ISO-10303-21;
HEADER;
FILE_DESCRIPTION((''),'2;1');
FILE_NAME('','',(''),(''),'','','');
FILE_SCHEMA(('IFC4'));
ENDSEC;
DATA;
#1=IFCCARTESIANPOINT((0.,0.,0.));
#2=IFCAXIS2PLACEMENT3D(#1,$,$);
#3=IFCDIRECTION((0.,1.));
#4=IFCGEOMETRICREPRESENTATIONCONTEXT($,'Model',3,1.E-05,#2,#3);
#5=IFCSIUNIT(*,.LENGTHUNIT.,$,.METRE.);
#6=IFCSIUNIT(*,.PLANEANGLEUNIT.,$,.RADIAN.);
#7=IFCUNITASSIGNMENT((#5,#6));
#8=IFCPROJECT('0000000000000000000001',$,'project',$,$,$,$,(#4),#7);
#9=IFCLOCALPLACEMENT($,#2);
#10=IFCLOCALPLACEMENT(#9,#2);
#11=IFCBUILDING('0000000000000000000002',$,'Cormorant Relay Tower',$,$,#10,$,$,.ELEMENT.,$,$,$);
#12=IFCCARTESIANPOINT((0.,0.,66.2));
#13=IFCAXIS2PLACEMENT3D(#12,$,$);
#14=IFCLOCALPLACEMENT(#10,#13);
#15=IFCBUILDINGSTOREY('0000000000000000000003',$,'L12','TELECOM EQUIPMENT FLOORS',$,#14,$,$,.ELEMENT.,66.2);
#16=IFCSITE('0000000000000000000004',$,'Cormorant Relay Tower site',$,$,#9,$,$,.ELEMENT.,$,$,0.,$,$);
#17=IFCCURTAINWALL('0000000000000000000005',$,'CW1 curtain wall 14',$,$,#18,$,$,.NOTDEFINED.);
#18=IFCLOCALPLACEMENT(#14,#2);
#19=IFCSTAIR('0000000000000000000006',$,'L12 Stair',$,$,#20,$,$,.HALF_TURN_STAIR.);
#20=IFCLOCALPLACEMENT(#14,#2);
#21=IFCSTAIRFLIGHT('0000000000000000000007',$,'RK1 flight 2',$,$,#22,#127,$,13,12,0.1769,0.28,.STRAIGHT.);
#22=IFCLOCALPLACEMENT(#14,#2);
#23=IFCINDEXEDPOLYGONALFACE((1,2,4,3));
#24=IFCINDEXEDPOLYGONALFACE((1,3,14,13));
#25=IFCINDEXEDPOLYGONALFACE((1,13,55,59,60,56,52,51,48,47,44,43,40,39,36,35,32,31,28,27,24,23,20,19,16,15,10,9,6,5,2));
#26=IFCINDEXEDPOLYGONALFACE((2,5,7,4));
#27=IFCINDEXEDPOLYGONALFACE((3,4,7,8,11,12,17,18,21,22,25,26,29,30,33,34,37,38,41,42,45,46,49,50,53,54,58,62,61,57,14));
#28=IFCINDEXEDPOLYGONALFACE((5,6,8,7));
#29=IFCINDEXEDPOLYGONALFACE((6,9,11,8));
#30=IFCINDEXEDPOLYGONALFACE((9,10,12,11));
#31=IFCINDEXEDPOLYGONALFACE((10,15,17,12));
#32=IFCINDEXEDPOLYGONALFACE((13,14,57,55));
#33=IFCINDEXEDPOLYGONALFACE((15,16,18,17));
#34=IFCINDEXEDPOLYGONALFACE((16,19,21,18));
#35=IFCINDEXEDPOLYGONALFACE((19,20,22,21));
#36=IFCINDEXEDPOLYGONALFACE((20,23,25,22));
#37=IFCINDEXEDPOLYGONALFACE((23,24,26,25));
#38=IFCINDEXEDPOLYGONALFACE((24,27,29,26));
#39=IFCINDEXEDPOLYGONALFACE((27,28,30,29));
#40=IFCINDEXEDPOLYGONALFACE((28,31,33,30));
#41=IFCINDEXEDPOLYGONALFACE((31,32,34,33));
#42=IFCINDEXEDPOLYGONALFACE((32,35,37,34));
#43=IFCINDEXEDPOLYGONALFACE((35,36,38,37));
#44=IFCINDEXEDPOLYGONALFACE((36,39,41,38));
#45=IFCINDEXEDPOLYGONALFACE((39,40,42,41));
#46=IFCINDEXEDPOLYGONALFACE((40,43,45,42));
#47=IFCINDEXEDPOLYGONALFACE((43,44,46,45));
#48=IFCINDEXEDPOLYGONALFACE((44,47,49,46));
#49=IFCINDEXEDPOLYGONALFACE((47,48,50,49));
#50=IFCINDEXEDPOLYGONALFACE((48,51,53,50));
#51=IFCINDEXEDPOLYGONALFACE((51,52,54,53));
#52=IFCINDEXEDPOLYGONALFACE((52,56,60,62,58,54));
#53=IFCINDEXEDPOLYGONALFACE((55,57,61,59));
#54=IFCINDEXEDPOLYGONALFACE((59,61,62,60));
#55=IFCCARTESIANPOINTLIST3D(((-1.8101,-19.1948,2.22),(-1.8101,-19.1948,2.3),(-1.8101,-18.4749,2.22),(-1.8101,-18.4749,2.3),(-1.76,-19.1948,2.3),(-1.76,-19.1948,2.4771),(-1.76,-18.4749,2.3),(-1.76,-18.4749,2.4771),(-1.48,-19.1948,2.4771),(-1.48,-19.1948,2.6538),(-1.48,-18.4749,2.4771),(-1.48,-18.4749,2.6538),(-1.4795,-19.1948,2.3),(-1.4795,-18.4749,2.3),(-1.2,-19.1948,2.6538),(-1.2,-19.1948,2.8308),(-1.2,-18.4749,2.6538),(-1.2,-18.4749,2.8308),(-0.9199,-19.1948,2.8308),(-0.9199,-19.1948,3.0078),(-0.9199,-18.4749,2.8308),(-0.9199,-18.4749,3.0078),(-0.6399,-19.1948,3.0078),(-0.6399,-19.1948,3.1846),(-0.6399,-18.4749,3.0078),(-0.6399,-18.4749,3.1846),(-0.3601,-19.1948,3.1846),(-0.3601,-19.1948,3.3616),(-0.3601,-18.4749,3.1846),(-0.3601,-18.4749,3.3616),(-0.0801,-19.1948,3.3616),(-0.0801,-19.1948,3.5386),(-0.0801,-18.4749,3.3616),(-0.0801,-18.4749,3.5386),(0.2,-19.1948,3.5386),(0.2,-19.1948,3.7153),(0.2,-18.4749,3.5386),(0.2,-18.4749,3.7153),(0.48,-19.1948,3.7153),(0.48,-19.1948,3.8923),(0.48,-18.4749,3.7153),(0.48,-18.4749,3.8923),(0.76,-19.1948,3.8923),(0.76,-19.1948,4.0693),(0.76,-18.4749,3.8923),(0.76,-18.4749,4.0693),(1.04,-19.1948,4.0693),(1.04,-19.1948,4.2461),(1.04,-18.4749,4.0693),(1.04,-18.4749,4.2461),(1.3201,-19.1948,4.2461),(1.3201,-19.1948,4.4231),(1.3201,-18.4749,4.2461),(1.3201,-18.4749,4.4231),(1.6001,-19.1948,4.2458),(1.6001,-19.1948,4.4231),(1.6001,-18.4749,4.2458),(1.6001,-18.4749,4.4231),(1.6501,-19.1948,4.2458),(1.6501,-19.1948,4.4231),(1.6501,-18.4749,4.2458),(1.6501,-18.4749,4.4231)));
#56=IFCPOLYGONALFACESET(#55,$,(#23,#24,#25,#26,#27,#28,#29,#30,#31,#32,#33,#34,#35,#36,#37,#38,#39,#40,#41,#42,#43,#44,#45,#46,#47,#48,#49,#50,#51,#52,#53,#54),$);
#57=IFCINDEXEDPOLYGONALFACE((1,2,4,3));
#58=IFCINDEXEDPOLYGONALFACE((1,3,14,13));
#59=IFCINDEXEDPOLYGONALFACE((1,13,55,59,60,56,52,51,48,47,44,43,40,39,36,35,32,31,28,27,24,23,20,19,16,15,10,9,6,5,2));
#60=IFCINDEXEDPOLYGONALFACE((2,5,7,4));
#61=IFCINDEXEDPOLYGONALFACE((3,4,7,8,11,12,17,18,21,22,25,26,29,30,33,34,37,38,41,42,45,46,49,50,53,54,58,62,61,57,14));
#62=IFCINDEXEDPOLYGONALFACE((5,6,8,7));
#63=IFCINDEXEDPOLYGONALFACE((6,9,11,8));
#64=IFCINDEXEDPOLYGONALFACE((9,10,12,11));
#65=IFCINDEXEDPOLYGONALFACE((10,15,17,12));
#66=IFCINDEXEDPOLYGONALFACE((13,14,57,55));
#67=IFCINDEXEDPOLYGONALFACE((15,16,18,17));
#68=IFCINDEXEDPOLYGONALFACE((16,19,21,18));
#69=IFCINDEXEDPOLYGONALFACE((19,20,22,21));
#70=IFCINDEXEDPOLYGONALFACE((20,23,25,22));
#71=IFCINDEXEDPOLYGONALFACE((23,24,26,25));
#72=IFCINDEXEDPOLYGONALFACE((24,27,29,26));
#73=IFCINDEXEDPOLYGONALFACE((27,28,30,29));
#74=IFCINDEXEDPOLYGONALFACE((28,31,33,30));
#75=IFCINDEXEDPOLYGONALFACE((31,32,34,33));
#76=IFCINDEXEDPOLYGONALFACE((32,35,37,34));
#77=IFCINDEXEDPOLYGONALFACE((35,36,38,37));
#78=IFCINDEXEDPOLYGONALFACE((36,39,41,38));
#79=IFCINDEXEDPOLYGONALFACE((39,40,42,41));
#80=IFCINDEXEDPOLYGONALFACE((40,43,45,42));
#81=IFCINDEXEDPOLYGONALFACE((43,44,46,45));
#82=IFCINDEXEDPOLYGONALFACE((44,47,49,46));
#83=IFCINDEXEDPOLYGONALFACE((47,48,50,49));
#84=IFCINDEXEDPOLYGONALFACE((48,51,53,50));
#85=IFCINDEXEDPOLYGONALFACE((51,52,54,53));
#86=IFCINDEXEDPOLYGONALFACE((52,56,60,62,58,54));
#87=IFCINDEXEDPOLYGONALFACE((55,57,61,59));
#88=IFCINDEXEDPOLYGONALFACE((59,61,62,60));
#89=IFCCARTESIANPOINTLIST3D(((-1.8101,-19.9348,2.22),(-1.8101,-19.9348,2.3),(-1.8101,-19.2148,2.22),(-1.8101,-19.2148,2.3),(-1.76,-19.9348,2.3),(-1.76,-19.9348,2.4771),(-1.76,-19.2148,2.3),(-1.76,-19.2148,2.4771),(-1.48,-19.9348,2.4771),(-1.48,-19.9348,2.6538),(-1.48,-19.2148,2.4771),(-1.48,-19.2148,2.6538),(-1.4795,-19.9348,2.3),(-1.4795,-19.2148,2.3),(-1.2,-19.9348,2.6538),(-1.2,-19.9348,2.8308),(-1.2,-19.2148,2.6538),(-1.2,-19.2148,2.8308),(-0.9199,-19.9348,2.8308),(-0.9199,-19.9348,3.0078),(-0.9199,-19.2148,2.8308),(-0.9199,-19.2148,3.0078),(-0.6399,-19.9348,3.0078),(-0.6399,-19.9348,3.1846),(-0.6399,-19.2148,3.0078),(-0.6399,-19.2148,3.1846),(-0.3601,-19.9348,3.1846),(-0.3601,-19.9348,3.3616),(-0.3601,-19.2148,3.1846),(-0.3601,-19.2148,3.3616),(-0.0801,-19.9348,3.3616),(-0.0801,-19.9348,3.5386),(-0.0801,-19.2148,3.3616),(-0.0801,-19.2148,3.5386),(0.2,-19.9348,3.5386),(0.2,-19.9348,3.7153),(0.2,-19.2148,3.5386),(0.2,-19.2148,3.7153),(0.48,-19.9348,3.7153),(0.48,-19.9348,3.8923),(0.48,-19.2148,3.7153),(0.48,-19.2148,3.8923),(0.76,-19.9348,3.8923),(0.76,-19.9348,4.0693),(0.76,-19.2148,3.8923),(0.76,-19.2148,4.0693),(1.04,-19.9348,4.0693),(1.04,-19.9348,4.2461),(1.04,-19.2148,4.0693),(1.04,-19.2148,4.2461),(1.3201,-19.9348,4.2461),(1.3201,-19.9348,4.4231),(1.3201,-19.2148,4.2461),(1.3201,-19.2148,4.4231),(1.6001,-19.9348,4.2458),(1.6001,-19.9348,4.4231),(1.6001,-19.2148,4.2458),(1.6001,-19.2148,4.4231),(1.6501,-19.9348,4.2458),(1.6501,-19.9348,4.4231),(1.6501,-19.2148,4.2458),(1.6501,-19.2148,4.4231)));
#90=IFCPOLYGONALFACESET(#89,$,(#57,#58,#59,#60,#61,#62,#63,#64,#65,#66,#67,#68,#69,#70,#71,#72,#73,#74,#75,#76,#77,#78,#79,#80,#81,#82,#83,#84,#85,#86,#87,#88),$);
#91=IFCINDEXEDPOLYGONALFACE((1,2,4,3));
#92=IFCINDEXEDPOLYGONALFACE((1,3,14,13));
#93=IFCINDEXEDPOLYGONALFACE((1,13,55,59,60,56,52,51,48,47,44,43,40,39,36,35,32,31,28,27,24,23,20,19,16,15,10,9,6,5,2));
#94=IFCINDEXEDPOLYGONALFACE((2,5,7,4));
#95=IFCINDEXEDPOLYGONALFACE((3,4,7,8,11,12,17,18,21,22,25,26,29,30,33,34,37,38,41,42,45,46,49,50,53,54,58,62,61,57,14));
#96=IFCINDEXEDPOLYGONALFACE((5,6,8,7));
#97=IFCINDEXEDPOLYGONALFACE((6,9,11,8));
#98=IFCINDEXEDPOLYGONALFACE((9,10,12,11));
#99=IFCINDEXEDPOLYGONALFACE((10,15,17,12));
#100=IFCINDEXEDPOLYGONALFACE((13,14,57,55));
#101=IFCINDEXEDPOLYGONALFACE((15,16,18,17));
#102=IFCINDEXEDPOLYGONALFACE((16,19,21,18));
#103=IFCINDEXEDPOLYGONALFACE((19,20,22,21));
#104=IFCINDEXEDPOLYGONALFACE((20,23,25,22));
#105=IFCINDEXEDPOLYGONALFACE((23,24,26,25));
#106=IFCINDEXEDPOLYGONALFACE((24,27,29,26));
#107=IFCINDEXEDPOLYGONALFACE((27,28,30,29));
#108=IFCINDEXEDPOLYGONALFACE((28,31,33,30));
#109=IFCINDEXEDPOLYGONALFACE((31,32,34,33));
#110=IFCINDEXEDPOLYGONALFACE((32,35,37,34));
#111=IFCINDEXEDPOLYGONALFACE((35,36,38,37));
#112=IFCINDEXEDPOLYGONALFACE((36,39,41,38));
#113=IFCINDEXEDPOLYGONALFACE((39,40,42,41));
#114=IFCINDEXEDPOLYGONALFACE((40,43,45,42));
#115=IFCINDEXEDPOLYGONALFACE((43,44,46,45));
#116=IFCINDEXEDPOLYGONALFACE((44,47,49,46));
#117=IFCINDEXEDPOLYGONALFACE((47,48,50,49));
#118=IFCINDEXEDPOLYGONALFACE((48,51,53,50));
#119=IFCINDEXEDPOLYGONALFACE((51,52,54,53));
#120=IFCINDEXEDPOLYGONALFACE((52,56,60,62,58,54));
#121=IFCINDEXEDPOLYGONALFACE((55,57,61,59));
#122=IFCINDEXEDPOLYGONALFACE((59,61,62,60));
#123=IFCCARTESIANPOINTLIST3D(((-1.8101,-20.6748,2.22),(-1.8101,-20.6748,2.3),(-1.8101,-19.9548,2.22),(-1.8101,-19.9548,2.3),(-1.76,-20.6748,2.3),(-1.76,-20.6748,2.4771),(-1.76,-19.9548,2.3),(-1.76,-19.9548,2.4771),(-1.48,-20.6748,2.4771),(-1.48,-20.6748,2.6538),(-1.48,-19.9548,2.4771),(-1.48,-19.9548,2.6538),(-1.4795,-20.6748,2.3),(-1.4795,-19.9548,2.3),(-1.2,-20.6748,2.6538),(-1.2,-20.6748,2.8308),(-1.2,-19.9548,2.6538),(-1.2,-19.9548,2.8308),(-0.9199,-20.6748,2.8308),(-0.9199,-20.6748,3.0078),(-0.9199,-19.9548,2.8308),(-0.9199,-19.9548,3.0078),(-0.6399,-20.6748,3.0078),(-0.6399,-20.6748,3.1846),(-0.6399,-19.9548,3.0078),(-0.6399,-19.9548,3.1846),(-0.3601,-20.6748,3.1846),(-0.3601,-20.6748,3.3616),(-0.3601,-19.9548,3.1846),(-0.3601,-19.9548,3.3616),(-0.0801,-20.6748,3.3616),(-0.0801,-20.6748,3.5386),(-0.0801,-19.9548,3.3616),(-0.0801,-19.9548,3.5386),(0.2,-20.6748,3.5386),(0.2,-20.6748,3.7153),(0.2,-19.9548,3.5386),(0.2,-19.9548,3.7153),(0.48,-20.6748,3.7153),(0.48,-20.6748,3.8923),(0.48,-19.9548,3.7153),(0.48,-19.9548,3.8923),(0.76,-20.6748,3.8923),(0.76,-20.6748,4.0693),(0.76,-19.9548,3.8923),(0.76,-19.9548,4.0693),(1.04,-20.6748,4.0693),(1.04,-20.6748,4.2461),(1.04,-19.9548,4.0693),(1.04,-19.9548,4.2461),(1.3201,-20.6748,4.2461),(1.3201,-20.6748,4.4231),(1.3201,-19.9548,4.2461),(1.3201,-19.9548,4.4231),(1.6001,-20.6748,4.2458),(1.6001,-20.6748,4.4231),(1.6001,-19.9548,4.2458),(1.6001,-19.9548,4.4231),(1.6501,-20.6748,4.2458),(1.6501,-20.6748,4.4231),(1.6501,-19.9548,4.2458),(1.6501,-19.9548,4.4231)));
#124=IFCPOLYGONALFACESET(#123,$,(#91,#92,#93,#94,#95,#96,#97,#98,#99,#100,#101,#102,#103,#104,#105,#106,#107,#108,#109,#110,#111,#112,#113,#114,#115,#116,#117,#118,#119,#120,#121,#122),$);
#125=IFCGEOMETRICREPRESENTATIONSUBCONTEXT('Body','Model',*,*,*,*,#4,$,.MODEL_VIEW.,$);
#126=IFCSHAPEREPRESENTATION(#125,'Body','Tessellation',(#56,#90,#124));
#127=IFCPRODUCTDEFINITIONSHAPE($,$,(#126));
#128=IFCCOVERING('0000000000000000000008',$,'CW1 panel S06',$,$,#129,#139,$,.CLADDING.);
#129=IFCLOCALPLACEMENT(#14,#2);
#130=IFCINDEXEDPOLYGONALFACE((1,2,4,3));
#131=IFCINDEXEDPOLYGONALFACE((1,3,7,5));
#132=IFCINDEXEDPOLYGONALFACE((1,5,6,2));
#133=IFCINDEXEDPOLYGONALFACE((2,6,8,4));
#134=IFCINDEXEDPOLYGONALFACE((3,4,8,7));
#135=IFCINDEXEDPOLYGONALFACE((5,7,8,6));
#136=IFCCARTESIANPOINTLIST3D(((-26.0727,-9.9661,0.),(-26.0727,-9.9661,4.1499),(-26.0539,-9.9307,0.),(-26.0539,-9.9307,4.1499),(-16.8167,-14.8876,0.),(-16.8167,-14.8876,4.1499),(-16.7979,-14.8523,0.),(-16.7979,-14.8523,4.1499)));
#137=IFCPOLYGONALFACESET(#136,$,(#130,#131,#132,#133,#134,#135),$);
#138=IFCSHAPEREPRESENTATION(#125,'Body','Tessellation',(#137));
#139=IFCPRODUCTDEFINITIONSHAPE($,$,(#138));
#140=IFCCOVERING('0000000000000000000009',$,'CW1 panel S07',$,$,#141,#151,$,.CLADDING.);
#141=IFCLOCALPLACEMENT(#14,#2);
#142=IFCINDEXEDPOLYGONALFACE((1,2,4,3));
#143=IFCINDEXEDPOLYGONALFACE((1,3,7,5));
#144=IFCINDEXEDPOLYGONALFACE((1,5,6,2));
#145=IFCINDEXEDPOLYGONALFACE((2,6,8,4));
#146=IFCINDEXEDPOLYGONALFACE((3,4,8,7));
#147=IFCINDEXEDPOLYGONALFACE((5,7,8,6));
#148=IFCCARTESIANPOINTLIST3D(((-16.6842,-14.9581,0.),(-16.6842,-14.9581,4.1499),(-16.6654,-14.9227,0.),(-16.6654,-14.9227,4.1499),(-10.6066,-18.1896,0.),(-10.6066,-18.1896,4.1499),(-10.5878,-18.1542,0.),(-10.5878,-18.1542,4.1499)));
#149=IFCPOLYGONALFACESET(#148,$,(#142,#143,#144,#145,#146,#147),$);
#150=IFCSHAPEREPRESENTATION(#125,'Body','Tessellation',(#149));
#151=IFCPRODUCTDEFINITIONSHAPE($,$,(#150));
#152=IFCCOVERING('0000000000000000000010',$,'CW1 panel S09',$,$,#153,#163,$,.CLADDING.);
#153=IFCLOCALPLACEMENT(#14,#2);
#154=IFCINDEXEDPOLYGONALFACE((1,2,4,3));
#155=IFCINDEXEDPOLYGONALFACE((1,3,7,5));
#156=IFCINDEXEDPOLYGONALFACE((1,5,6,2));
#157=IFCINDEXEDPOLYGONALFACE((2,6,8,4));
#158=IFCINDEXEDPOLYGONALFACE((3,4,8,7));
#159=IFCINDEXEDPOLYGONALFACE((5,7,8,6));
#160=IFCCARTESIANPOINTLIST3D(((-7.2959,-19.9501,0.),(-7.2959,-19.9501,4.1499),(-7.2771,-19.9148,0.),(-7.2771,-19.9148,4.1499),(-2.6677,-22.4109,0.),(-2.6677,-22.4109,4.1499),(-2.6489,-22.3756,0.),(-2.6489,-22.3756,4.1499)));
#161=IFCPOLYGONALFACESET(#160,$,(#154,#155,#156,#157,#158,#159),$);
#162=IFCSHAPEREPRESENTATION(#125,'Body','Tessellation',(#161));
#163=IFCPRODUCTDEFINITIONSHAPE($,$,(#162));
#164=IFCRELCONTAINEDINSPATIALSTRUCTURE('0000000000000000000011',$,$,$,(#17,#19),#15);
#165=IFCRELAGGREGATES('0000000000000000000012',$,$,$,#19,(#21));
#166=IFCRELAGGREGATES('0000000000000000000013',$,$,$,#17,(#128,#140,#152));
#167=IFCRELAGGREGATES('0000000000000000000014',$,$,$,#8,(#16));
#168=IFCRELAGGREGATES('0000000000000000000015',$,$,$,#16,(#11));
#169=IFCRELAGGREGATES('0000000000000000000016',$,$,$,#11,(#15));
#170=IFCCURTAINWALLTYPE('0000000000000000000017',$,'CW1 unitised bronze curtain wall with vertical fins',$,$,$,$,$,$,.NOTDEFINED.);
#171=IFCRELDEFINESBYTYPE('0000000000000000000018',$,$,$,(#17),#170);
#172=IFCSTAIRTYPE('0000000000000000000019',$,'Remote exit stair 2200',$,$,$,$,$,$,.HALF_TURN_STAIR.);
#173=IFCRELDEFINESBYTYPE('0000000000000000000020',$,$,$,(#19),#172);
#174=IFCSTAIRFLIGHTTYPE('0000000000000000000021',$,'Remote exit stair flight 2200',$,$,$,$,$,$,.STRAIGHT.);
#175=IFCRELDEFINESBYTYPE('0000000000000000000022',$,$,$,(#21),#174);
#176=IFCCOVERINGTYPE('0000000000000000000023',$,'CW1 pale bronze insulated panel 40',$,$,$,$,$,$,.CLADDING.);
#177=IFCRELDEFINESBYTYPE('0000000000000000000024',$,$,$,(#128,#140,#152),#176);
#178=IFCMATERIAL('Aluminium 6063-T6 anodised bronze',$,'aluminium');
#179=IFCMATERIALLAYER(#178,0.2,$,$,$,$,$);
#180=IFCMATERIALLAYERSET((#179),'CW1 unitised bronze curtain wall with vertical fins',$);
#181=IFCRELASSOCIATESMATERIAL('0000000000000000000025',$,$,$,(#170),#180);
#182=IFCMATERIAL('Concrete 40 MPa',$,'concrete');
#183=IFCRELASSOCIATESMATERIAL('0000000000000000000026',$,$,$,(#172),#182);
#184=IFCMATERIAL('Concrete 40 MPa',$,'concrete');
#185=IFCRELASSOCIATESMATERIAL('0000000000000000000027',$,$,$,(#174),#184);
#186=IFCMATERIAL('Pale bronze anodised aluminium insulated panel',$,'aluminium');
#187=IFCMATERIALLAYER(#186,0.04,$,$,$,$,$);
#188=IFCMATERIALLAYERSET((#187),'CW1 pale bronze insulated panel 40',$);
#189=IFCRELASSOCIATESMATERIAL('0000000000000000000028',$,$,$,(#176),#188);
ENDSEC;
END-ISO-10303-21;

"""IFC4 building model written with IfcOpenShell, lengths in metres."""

from ifc_helpers import new_model, si_unit, direction, frame, origin, origin_2d, place, context, subcontext, project, spatial, polyline, rectangle, outline, extrude, material, layer, layer_set, type_object, element, aggregate, save


model = new_model("IFC4")

# Units and contexts
model_context = context("Model", 3, precision=1e-05, world=origin(), true_north=direction((0.0, 1.0)))
body_context = subcontext(model_context, "Body", "Model", "MODEL_VIEW")
ifc_project = project(units=[si_unit("LENGTHUNIT", "METRE"), si_unit("PLANEANGLEUNIT", "RADIAN")], contexts=[model_context])

# Site, building, storey
site_placement = place(None, origin())
site = spatial("IfcSite", under=ifc_project, at=site_placement, Name="Cormorant Relay Tower site", CompositionType="ELEMENT", RefElevation=0.0)
building_placement = place(site_placement, origin())
building = spatial("IfcBuilding", under=site, at=building_placement, Name="Cormorant Relay Tower", CompositionType="ELEMENT")
storey_placement = place(building_placement, frame((0.0, 0.0, 66.2)))
storey = spatial("IfcBuildingStorey", under=building, at=storey_placement, Name="L12", Description="TELECOM EQUIPMENT FLOORS", CompositionType="ELEMENT", Elevation=66.2)

# Shared definitions
ifc_material_1 = material(Name="Aluminium 6063-T6 anodised bronze", Category="aluminium")
ifc_layer_1 = layer(ifc_material_1, 0.2)
ifc_layer_set_1 = layer_set([ifc_layer_1], Name="CW1 unitised bronze curtain wall with vertical fins")
curtain_wall_type = type_object("IfcCurtainWallType", Name="CW1 unitised bronze curtain wall with vertical fins", PredefinedType="NOTDEFINED", material=ifc_layer_set_1)

# Curtain wall
curtain_wall_1_placement = place(storey_placement, origin())
curtain_wall_1 = element("IfcCurtainWall", 1, at=curtain_wall_1_placement, inside=storey, type_object=curtain_wall_type, Name="CW1 curtain wall 14", PredefinedType="NOTDEFINED")

# Stair, stair flight
ifc_material_2 = material(Name="Concrete 40 MPa", Category="concrete")
stair_type = type_object("IfcStairType", Name="Remote exit stair 2200", PredefinedType="HALF_TURN_STAIR", material=ifc_material_2)
stair_placement = place(storey_placement, origin())
stair = element("IfcStair", 2, at=stair_placement, inside=storey, type_object=stair_type, Name="L12 Stair", PredefinedType="HALF_TURN_STAIR")
ifc_material_3 = material(Name="Concrete 40 MPa", Category="concrete")
stair_flight_type = type_object("IfcStairFlightType", Name="Remote exit stair flight 2200", PredefinedType="STRAIGHT", material=ifc_material_3)
stair_flight_placement = place(storey_placement, frame((-1.76, -19.575, 2.3), z_axis=(0.0, 0.0, 1.0), x_axis=(1.0, 0.0, 0.0)))
stair_flight = element("IfcStairFlight", 3, at=stair_flight_placement, type_object=stair_flight_type, Name="RK1 flight 2", NumberOfRisers=13, NumberOfTreads=12, PredefinedType="STRAIGHT", RiserHeight=0.1769, TreadLength=0.28, context=body_context, shape_type="SweptSolid", body=[
    extrude(outline(polyline([(-0.05, -0.0801), (-0.05, 0.0), (0.0, 0.0), (0.0, 0.177), (0.28, 0.177), (0.28, 0.3538), (0.5601, 0.3538), (0.5601, 0.5308), (0.8401, 0.5308), (0.8401, 0.7078), (1.1201, 0.7078), (1.1201, 0.8845), (1.3999, 0.8845), (1.3999, 1.0615), (1.6799, 1.0615), (1.6799, 1.2385), (1.96, 1.2385), (1.96, 1.4153), (2.24, 1.4153), (2.24, 1.5923), (2.52, 1.5923), (2.52, 1.7693), (2.8, 1.7693), (2.8, 1.946), (3.0801, 1.946), (3.0801, 2.123), (3.3601, 2.123), (3.4102, 2.123), (3.4102, 1.9458), (3.3601, 1.9458), (0.2805, 0.0), (-0.05, -0.0801)])), frame((0.0, 1.1001, 0.0), z_axis=(0.0, -1.0, 0.0), x_axis=(1.0, 0.0, 0.0)), (0.0, 0.0, 1.0), 0.72),
    extrude(outline(polyline([(-0.05, -0.0801), (-0.05, 0.0), (0.0, 0.0), (0.0, 0.177), (0.28, 0.177), (0.28, 0.3538), (0.5601, 0.3538), (0.5601, 0.5308), (0.8401, 0.5308), (0.8401, 0.7078), (1.1201, 0.7078), (1.1201, 0.8845), (1.3999, 0.8845), (1.3999, 1.0615), (1.6799, 1.0615), (1.6799, 1.2385), (1.96, 1.2385), (1.96, 1.4153), (2.24, 1.4153), (2.24, 1.5923), (2.52, 1.5923), (2.52, 1.7693), (2.8, 1.7693), (2.8, 1.946), (3.0801, 1.946), (3.0801, 2.123), (3.3601, 2.123), (3.4102, 2.123), (3.4102, 1.9458), (3.3601, 1.9458), (0.2805, 0.0), (-0.05, -0.0801)])), frame((0.0, 0.3601, 0.0), z_axis=(0.0, -1.0, 0.0), x_axis=(1.0, 0.0, 0.0)), (0.0, 0.0, 1.0), 0.72),
    extrude(outline(polyline([(-0.05, -0.0801), (-0.05, 0.0), (0.0, 0.0), (0.0, 0.177), (0.28, 0.177), (0.28, 0.3538), (0.5601, 0.3538), (0.5601, 0.5308), (0.8401, 0.5308), (0.8401, 0.7078), (1.1201, 0.7078), (1.1201, 0.8845), (1.3999, 0.8845), (1.3999, 1.0615), (1.6799, 1.0615), (1.6799, 1.2385), (1.96, 1.2385), (1.96, 1.4153), (2.24, 1.4153), (2.24, 1.5923), (2.52, 1.5923), (2.52, 1.7693), (2.8, 1.7693), (2.8, 1.946), (3.0801, 1.946), (3.0801, 2.123), (3.3601, 2.123), (3.4102, 2.123), (3.4102, 1.9458), (3.3601, 1.9458), (0.2805, 0.0), (-0.05, -0.0801)])), frame((0.0, -0.3799, 0.0), z_axis=(0.0, -1.0, 0.0), x_axis=(1.0, 0.0, 0.0)), (0.0, 0.0, 1.0), 0.72),
])
aggregate(stair, [stair_flight])

# Coverings
ifc_material_4 = material(Name="Pale bronze anodised aluminium insulated panel", Category="aluminium")
ifc_layer_2 = layer(ifc_material_4, 0.04)
ifc_layer_set_2 = layer_set([ifc_layer_2], Name="CW1 pale bronze insulated panel 40")
covering_type = type_object("IfcCoveringType", Name="CW1 pale bronze insulated panel 40", PredefinedType="CLADDING", material=ifc_layer_set_2)
covering_1_placement = place(storey_placement, frame((-21.4353, -12.4092, 0.0), z_axis=(0.0, 0.0, 1.0), x_axis=(0.882948, -0.469472, 0.0)))
covering_1 = element("IfcCovering", 4, at=covering_1_placement, type_object=covering_type, Name="CW1 panel S06", PredefinedType="CLADDING", context=body_context, shape_type="SweptSolid", body=[
    extrude(rectangle(XDim=10.4832, YDim=0.04, at=origin_2d()), origin(), (0.0, 0.0, 1.0), 4.1499),
])
covering_2_placement = place(storey_placement, frame((-13.636, -16.5562, 0.0), z_axis=(0.0, 0.0, 1.0), x_axis=(0.882948, -0.469472, 0.0)))
covering_2 = element("IfcCovering", 5, at=covering_2_placement, type_object=covering_type, Name="CW1 panel S07", PredefinedType="CLADDING", context=body_context, shape_type="SweptSolid", body=[
    extrude(rectangle(XDim=6.8833, YDim=0.04, at=origin_2d()), origin(), (0.0, 0.0, 1.0), 4.1499),
])
covering_3_placement = place(storey_placement, frame((-4.9724, -21.1628, 0.0), z_axis=(0.0, 0.0, 1.0), x_axis=(0.882948, -0.469472, 0.0)))
covering_3 = element("IfcCovering", 6, at=covering_3_placement, type_object=covering_type, Name="CW1 panel S09", PredefinedType="CLADDING", context=body_context, shape_type="SweptSolid", body=[
    extrude(rectangle(XDim=5.2417, YDim=0.04, at=origin_2d()), origin(), (0.0, 0.0, 1.0), 4.1499),
])
aggregate(curtain_wall_1, [covering_1, covering_2, covering_3])

save(model, "model.ifc")
